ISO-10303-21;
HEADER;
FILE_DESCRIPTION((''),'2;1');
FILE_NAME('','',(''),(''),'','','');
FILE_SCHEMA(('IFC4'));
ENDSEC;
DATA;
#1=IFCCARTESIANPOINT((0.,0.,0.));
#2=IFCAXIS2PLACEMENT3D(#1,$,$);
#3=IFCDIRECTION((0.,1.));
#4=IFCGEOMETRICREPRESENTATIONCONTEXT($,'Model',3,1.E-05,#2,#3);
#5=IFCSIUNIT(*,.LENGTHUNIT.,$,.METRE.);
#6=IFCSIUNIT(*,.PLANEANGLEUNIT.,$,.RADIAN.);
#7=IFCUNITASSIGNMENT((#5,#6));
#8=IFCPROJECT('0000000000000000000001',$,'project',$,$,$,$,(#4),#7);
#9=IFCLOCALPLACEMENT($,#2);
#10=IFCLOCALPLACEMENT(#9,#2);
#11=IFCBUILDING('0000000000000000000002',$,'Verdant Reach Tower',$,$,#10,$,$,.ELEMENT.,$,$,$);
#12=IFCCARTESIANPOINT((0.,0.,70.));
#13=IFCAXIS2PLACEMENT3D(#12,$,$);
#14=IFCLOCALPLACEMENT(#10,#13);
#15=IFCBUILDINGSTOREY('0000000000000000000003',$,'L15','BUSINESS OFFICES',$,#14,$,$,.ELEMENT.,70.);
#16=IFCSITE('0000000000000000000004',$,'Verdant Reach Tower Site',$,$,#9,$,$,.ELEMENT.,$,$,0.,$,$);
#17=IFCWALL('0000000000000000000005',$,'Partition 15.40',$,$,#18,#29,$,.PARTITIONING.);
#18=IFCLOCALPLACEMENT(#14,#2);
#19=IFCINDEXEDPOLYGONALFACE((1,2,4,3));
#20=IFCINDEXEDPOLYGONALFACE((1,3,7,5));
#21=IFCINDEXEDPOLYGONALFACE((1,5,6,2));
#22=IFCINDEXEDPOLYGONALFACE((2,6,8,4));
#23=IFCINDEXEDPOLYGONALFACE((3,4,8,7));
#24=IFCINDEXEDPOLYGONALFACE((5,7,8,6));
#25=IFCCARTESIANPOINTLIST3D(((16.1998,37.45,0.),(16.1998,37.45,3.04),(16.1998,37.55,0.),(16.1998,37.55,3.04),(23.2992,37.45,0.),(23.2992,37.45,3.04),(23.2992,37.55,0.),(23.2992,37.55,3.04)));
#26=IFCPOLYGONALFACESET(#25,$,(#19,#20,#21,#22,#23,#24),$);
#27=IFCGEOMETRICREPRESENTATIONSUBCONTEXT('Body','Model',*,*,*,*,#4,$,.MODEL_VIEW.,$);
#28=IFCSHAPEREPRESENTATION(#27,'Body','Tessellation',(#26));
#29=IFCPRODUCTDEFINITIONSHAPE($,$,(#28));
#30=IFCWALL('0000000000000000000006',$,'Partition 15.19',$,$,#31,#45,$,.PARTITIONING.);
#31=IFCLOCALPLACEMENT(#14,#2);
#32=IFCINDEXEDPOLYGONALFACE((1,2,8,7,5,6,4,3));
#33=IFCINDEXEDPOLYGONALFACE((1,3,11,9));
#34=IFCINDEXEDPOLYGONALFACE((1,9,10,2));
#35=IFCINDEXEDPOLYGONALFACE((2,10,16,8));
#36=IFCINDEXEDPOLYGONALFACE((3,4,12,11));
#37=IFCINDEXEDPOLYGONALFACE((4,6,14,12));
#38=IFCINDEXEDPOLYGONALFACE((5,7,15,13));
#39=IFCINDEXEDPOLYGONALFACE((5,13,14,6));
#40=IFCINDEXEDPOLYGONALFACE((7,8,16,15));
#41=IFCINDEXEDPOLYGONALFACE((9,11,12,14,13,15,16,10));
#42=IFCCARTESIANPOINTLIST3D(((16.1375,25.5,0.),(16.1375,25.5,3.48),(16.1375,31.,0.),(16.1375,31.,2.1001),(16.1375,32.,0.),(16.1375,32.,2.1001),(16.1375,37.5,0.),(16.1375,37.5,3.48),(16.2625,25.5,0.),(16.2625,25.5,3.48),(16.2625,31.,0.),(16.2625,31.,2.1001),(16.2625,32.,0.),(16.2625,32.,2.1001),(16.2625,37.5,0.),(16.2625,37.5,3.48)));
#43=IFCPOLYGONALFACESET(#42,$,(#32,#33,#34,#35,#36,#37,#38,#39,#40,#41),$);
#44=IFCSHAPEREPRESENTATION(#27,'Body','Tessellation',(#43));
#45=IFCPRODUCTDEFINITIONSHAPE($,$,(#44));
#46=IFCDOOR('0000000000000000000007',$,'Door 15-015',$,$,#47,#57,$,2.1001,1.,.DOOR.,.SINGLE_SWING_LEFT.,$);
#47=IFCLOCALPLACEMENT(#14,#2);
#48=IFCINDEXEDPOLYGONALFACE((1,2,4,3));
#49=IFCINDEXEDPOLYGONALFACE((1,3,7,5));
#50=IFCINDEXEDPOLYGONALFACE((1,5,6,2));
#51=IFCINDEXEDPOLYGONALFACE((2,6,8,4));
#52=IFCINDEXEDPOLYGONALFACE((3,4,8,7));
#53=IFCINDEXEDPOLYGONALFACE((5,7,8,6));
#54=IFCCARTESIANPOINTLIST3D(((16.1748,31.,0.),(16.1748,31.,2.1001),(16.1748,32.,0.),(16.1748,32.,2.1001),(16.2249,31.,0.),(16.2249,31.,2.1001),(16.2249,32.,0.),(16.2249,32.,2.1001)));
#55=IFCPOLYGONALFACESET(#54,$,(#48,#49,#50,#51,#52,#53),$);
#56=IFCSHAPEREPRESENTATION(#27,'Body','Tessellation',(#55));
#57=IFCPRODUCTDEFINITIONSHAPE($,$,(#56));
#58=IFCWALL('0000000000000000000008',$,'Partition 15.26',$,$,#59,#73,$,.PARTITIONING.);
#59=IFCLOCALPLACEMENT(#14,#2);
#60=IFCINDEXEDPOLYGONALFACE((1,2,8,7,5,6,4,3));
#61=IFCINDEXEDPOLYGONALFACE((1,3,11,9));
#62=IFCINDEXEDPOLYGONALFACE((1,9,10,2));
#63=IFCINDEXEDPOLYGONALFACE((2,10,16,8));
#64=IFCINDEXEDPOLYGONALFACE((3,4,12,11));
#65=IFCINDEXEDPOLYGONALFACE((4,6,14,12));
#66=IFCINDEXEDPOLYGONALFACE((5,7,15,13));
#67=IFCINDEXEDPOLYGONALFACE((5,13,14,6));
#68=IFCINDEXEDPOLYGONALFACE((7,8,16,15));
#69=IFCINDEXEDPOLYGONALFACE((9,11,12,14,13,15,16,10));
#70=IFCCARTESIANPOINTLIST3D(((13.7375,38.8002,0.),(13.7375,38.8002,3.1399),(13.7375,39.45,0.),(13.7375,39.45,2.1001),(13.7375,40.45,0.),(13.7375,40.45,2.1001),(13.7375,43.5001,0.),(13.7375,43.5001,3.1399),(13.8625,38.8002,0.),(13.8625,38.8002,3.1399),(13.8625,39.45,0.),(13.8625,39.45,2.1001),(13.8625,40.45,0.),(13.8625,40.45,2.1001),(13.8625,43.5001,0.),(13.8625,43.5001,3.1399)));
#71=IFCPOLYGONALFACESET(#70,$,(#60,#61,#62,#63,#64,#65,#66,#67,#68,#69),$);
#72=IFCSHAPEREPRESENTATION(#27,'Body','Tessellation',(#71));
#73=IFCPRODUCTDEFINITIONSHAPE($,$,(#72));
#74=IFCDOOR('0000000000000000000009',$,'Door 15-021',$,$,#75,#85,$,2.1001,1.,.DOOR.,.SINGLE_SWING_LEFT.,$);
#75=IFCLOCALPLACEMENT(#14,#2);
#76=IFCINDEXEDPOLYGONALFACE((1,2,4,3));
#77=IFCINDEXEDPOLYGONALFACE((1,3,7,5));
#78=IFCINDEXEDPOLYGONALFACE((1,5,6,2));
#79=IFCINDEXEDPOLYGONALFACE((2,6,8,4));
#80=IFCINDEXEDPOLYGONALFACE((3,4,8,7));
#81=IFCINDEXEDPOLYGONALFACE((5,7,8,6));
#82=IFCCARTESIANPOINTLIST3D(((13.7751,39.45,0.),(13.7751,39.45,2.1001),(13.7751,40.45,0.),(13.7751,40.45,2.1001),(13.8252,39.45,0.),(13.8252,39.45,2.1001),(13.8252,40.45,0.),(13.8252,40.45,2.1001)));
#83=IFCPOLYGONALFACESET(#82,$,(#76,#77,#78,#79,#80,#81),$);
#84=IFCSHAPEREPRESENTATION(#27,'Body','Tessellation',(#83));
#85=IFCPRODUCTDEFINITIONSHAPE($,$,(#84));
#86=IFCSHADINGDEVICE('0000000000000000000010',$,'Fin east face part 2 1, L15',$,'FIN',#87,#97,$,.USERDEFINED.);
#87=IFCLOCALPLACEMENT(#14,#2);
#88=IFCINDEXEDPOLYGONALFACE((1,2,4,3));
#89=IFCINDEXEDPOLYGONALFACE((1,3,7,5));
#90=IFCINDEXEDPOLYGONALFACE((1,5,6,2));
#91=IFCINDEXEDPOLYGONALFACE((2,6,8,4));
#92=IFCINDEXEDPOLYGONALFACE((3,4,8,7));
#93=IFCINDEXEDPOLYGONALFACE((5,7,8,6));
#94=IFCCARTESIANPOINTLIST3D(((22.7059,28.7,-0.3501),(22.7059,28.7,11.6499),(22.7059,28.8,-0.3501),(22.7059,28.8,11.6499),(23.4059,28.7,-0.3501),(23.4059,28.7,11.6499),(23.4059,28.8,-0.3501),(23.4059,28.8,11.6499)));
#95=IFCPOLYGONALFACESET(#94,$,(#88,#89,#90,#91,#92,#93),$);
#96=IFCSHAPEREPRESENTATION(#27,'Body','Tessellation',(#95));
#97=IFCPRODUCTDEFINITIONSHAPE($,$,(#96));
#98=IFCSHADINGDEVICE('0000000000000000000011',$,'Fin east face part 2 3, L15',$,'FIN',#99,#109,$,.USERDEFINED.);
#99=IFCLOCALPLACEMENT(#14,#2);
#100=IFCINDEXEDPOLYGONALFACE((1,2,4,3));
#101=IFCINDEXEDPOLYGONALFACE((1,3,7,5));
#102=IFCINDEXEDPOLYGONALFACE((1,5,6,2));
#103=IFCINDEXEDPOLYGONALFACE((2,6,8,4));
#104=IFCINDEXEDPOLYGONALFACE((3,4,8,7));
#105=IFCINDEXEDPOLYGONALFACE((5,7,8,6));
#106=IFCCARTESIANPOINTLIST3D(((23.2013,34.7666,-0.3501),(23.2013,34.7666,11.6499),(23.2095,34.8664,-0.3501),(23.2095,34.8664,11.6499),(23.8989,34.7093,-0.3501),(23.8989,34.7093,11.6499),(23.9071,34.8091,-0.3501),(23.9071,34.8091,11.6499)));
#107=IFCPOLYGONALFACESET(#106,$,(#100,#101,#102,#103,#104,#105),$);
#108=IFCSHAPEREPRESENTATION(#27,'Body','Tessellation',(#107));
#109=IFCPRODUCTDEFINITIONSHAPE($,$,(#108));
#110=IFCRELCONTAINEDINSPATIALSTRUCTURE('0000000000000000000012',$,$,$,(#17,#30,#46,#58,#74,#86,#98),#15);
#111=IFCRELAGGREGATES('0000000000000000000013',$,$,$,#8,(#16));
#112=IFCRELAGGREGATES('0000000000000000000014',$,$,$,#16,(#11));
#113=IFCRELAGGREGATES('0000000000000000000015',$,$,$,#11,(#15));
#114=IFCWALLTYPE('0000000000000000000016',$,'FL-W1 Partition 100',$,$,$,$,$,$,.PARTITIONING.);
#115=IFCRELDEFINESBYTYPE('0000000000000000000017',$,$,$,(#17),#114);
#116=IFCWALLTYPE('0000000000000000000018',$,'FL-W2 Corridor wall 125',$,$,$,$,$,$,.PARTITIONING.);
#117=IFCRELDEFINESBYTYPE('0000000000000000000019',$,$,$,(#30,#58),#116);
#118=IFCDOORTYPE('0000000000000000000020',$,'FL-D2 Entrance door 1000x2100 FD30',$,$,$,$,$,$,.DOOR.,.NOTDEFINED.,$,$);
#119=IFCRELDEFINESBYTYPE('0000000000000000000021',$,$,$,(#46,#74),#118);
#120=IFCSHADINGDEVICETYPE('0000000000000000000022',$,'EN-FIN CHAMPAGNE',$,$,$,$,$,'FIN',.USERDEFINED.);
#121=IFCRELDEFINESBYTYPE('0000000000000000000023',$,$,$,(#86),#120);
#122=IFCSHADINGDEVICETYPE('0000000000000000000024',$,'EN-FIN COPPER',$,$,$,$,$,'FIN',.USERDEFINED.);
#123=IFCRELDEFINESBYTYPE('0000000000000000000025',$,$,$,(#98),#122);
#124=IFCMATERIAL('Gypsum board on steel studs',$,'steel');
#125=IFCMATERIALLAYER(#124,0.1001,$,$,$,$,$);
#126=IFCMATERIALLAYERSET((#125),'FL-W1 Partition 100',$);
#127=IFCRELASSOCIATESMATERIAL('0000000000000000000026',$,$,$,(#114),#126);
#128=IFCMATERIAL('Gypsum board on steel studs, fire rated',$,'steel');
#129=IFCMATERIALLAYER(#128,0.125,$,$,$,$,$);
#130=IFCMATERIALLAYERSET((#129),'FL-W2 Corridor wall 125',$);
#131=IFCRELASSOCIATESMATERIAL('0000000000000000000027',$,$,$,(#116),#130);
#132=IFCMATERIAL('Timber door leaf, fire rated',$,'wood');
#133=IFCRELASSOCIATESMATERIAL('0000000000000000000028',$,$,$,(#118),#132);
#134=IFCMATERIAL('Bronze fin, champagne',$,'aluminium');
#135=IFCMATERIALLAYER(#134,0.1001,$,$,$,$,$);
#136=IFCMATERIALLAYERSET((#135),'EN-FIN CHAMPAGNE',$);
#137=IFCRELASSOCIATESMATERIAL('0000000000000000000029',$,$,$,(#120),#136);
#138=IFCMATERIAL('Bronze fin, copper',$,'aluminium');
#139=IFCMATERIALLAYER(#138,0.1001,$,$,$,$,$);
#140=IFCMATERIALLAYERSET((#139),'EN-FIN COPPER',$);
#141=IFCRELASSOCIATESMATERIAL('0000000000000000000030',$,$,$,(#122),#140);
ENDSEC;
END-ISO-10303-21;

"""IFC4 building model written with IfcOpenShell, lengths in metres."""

from ifc_helpers import new_model, si_unit, direction, frame, frame_2d, origin, origin_2d, place, context, subcontext, project, spatial, rectangle, extrude, material, layer, layer_set, type_object, element, fill, save


model = new_model("IFC4")

# Units and contexts
model_context = context("Model", 3, precision=1e-05, world=origin(), true_north=direction((0.0, 1.0)))
body_context = subcontext(model_context, "Body", "Model", "MODEL_VIEW")
ifc_project = project(units=[si_unit("LENGTHUNIT", "METRE"), si_unit("PLANEANGLEUNIT", "RADIAN")], contexts=[model_context])

# Site, building, storey
site_placement = place(None, origin())
site = spatial("IfcSite", under=ifc_project, at=site_placement, Name="Verdant Reach Tower Site", CompositionType="ELEMENT", RefElevation=0.0)
building_placement = place(site_placement, origin())
building = spatial("IfcBuilding", under=site, at=building_placement, Name="Verdant Reach Tower", CompositionType="ELEMENT")
storey_placement = place(building_placement, frame((0.0, 0.0, 70.0)))
storey = spatial("IfcBuildingStorey", under=building, at=storey_placement, Name="L15", Description="BUSINESS OFFICES", CompositionType="ELEMENT", Elevation=70.0)

# Wall
ifc_material_1 = material(Name="Gypsum board on steel studs", Category="steel")
ifc_layer_1 = layer(ifc_material_1, 0.1001)
ifc_layer_set_1 = layer_set([ifc_layer_1], Name="FL-W1 Partition 100")
wall_type_1 = type_object("IfcWallType", Name="FL-W1 Partition 100", PredefinedType="PARTITIONING", material=ifc_layer_set_1)
wall_1_placement = place(storey_placement, frame((23.2993, 37.5, 0.0), z_axis=(0.0, 0.0, 1.0), x_axis=(-1.0, 0.0, 0.0)))
element("IfcWall", 1, at=wall_1_placement, inside=storey, type_object=wall_type_1, Name="Partition 15.40", PredefinedType="PARTITIONING", context=body_context, shape_type="SweptSolid", body=[
    extrude(rectangle(XDim=7.0994, YDim=0.1001, at=frame_2d((3.5498, 0.0))), origin(), (0.0, 0.0, 1.0), 3.04),
])

# Walls, openings, doors
ifc_material_2 = material(Name="Gypsum board on steel studs, fire rated", Category="steel")
ifc_layer_2 = layer(ifc_material_2, 0.125)
ifc_layer_set_2 = layer_set([ifc_layer_2], Name="FL-W2 Corridor wall 125")
wall_type_2 = type_object("IfcWallType", Name="FL-W2 Corridor wall 125", PredefinedType="PARTITIONING", material=ifc_layer_set_2)
wall_2_placement = place(storey_placement, frame((16.2, 37.5, 0.0), z_axis=(0.0, 0.0, 1.0), x_axis=(0.0, -1.0, 0.0)))
wall_2 = element("IfcWall", 2, at=wall_2_placement, inside=storey, type_object=wall_type_2, Name="Partition 15.19", PredefinedType="PARTITIONING", context=body_context, shape_type="SweptSolid", body=[
    extrude(rectangle(XDim=12.0, YDim=0.125, at=frame_2d((6.0, 0.0))), origin(), (0.0, 0.0, 1.0), 3.48),
])
opening_1_placement = place(wall_2_placement, frame((5.5, 0.0, 0.0)))
opening_1 = element("IfcOpeningElement", 3, at=opening_1_placement, cuts=wall_2, PredefinedType="OPENING", context=body_context, shape_type="SweptSolid", body=[
    extrude(rectangle(XDim=1.0, YDim=2.1001, at=frame_2d((0.5, 1.05))), frame((0.0, 0.0725, 0.0), z_axis=(0.0, -1.0, 0.0), x_axis=(1.0, 0.0, 0.0)), (0.0, 0.0, 1.0), 0.145),
])
ifc_material_3 = material(Name="Timber door leaf, fire rated", Category="wood")
door_type = type_object("IfcDoorType", Name="FL-D2 Entrance door 1000x2100 FD30", OperationType="NOTDEFINED", PredefinedType="DOOR", material=ifc_material_3)
door_1_placement = place(opening_1_placement, origin())
door_1 = element("IfcDoor", 4, at=door_1_placement, inside=storey, type_object=door_type, Name="Door 15-015", OperationType="SINGLE_SWING_LEFT", OverallHeight=2.1001, OverallWidth=1.0, PredefinedType="DOOR", context=body_context, shape_type="SweptSolid", body=[
    extrude(rectangle(XDim=1.0, YDim=2.1001, at=frame_2d((0.5, 1.05))), frame((0.0, 0.0249, 0.0), z_axis=(0.0, -1.0, 0.0), x_axis=(1.0, 0.0, 0.0)), (0.0, 0.0, 1.0), 0.05),
])
fill(opening_1, door_1)
wall_3_placement = place(storey_placement, frame((13.8, 38.8, 0.0), z_axis=(0.0, 0.0, 1.0), x_axis=(0.0, 1.0, 0.0)))
wall_3 = element("IfcWall", 5, at=wall_3_placement, inside=storey, type_object=wall_type_2, Name="Partition 15.26", PredefinedType="PARTITIONING", context=body_context, shape_type="SweptSolid", body=[
    extrude(rectangle(XDim=4.7, YDim=0.125, at=frame_2d((2.3501, 0.0))), origin(), (0.0, 0.0, 1.0), 3.1399),
])
opening_2_placement = place(wall_3_placement, frame((0.6499, 0.0, 0.0)))
opening_2 = element("IfcOpeningElement", 6, at=opening_2_placement, cuts=wall_3, PredefinedType="OPENING", context=body_context, shape_type="SweptSolid", body=[
    extrude(rectangle(XDim=1.0, YDim=2.1001, at=frame_2d((0.5, 1.05))), frame((0.0, 0.0725, 0.0), z_axis=(0.0, -1.0, 0.0), x_axis=(1.0, 0.0, 0.0)), (0.0, 0.0, 1.0), 0.145),
])
door_2_placement = place(opening_2_placement, origin())
door_2 = element("IfcDoor", 7, at=door_2_placement, inside=storey, type_object=door_type, Name="Door 15-021", OperationType="SINGLE_SWING_LEFT", OverallHeight=2.1001, OverallWidth=1.0, PredefinedType="DOOR", context=body_context, shape_type="SweptSolid", body=[
    extrude(rectangle(XDim=1.0, YDim=2.1001, at=frame_2d((0.5, 1.05))), frame((0.0, 0.0249, 0.0), z_axis=(0.0, -1.0, 0.0), x_axis=(1.0, 0.0, 0.0)), (0.0, 0.0, 1.0), 0.05),
])
fill(opening_2, door_2)

# Shading devices
ifc_material_4 = material(Name="Bronze fin, champagne", Category="aluminium")
ifc_layer_3 = layer(ifc_material_4, 0.1001)
ifc_layer_set_3 = layer_set([ifc_layer_3], Name="EN-FIN CHAMPAGNE")
shading_device_type_1 = type_object("IfcShadingDeviceType", Name="EN-FIN CHAMPAGNE", ElementType="FIN", PredefinedType="USERDEFINED", material=ifc_layer_set_3)
shading_device_1_placement = place(storey_placement, frame((23.0559, 28.75, -0.3501), z_axis=(0.0, 0.0, 1.0), x_axis=(0.0, 1.0, 0.0)))
element("IfcShadingDevice", 8, at=shading_device_1_placement, inside=storey, type_object=shading_device_type_1, Name="Fin east face part 2 1, L15", ObjectType="FIN", PredefinedType="USERDEFINED", context=body_context, shape_type="SweptSolid", body=[
    extrude(rectangle(XDim=0.1001, YDim=0.7, at=origin_2d()), origin(), (0.0, 0.0, 1.0), 12.0),
])
ifc_material_5 = material(Name="Bronze fin, copper", Category="aluminium")
ifc_layer_4 = layer(ifc_material_5, 0.1001)
ifc_layer_set_4 = layer_set([ifc_layer_4], Name="EN-FIN COPPER")
shading_device_type_2 = type_object("IfcShadingDeviceType", Name="EN-FIN COPPER", ElementType="FIN", PredefinedType="USERDEFINED", material=ifc_layer_set_4)
shading_device_2_placement = place(storey_placement, frame((23.5542, 34.7878, -0.3501), z_axis=(0.0, 0.0, 1.0), x_axis=(0.081916, 0.996639, 0.0)))
element("IfcShadingDevice", 9, at=shading_device_2_placement, inside=storey, type_object=shading_device_type_2, Name="Fin east face part 2 3, L15", ObjectType="FIN", PredefinedType="USERDEFINED", context=body_context, shape_type="SweptSolid", body=[
    extrude(rectangle(XDim=0.1001, YDim=0.7, at=origin_2d()), origin(), (0.0, 0.0, 1.0), 12.0),
])

save(model, "model.ifc")
